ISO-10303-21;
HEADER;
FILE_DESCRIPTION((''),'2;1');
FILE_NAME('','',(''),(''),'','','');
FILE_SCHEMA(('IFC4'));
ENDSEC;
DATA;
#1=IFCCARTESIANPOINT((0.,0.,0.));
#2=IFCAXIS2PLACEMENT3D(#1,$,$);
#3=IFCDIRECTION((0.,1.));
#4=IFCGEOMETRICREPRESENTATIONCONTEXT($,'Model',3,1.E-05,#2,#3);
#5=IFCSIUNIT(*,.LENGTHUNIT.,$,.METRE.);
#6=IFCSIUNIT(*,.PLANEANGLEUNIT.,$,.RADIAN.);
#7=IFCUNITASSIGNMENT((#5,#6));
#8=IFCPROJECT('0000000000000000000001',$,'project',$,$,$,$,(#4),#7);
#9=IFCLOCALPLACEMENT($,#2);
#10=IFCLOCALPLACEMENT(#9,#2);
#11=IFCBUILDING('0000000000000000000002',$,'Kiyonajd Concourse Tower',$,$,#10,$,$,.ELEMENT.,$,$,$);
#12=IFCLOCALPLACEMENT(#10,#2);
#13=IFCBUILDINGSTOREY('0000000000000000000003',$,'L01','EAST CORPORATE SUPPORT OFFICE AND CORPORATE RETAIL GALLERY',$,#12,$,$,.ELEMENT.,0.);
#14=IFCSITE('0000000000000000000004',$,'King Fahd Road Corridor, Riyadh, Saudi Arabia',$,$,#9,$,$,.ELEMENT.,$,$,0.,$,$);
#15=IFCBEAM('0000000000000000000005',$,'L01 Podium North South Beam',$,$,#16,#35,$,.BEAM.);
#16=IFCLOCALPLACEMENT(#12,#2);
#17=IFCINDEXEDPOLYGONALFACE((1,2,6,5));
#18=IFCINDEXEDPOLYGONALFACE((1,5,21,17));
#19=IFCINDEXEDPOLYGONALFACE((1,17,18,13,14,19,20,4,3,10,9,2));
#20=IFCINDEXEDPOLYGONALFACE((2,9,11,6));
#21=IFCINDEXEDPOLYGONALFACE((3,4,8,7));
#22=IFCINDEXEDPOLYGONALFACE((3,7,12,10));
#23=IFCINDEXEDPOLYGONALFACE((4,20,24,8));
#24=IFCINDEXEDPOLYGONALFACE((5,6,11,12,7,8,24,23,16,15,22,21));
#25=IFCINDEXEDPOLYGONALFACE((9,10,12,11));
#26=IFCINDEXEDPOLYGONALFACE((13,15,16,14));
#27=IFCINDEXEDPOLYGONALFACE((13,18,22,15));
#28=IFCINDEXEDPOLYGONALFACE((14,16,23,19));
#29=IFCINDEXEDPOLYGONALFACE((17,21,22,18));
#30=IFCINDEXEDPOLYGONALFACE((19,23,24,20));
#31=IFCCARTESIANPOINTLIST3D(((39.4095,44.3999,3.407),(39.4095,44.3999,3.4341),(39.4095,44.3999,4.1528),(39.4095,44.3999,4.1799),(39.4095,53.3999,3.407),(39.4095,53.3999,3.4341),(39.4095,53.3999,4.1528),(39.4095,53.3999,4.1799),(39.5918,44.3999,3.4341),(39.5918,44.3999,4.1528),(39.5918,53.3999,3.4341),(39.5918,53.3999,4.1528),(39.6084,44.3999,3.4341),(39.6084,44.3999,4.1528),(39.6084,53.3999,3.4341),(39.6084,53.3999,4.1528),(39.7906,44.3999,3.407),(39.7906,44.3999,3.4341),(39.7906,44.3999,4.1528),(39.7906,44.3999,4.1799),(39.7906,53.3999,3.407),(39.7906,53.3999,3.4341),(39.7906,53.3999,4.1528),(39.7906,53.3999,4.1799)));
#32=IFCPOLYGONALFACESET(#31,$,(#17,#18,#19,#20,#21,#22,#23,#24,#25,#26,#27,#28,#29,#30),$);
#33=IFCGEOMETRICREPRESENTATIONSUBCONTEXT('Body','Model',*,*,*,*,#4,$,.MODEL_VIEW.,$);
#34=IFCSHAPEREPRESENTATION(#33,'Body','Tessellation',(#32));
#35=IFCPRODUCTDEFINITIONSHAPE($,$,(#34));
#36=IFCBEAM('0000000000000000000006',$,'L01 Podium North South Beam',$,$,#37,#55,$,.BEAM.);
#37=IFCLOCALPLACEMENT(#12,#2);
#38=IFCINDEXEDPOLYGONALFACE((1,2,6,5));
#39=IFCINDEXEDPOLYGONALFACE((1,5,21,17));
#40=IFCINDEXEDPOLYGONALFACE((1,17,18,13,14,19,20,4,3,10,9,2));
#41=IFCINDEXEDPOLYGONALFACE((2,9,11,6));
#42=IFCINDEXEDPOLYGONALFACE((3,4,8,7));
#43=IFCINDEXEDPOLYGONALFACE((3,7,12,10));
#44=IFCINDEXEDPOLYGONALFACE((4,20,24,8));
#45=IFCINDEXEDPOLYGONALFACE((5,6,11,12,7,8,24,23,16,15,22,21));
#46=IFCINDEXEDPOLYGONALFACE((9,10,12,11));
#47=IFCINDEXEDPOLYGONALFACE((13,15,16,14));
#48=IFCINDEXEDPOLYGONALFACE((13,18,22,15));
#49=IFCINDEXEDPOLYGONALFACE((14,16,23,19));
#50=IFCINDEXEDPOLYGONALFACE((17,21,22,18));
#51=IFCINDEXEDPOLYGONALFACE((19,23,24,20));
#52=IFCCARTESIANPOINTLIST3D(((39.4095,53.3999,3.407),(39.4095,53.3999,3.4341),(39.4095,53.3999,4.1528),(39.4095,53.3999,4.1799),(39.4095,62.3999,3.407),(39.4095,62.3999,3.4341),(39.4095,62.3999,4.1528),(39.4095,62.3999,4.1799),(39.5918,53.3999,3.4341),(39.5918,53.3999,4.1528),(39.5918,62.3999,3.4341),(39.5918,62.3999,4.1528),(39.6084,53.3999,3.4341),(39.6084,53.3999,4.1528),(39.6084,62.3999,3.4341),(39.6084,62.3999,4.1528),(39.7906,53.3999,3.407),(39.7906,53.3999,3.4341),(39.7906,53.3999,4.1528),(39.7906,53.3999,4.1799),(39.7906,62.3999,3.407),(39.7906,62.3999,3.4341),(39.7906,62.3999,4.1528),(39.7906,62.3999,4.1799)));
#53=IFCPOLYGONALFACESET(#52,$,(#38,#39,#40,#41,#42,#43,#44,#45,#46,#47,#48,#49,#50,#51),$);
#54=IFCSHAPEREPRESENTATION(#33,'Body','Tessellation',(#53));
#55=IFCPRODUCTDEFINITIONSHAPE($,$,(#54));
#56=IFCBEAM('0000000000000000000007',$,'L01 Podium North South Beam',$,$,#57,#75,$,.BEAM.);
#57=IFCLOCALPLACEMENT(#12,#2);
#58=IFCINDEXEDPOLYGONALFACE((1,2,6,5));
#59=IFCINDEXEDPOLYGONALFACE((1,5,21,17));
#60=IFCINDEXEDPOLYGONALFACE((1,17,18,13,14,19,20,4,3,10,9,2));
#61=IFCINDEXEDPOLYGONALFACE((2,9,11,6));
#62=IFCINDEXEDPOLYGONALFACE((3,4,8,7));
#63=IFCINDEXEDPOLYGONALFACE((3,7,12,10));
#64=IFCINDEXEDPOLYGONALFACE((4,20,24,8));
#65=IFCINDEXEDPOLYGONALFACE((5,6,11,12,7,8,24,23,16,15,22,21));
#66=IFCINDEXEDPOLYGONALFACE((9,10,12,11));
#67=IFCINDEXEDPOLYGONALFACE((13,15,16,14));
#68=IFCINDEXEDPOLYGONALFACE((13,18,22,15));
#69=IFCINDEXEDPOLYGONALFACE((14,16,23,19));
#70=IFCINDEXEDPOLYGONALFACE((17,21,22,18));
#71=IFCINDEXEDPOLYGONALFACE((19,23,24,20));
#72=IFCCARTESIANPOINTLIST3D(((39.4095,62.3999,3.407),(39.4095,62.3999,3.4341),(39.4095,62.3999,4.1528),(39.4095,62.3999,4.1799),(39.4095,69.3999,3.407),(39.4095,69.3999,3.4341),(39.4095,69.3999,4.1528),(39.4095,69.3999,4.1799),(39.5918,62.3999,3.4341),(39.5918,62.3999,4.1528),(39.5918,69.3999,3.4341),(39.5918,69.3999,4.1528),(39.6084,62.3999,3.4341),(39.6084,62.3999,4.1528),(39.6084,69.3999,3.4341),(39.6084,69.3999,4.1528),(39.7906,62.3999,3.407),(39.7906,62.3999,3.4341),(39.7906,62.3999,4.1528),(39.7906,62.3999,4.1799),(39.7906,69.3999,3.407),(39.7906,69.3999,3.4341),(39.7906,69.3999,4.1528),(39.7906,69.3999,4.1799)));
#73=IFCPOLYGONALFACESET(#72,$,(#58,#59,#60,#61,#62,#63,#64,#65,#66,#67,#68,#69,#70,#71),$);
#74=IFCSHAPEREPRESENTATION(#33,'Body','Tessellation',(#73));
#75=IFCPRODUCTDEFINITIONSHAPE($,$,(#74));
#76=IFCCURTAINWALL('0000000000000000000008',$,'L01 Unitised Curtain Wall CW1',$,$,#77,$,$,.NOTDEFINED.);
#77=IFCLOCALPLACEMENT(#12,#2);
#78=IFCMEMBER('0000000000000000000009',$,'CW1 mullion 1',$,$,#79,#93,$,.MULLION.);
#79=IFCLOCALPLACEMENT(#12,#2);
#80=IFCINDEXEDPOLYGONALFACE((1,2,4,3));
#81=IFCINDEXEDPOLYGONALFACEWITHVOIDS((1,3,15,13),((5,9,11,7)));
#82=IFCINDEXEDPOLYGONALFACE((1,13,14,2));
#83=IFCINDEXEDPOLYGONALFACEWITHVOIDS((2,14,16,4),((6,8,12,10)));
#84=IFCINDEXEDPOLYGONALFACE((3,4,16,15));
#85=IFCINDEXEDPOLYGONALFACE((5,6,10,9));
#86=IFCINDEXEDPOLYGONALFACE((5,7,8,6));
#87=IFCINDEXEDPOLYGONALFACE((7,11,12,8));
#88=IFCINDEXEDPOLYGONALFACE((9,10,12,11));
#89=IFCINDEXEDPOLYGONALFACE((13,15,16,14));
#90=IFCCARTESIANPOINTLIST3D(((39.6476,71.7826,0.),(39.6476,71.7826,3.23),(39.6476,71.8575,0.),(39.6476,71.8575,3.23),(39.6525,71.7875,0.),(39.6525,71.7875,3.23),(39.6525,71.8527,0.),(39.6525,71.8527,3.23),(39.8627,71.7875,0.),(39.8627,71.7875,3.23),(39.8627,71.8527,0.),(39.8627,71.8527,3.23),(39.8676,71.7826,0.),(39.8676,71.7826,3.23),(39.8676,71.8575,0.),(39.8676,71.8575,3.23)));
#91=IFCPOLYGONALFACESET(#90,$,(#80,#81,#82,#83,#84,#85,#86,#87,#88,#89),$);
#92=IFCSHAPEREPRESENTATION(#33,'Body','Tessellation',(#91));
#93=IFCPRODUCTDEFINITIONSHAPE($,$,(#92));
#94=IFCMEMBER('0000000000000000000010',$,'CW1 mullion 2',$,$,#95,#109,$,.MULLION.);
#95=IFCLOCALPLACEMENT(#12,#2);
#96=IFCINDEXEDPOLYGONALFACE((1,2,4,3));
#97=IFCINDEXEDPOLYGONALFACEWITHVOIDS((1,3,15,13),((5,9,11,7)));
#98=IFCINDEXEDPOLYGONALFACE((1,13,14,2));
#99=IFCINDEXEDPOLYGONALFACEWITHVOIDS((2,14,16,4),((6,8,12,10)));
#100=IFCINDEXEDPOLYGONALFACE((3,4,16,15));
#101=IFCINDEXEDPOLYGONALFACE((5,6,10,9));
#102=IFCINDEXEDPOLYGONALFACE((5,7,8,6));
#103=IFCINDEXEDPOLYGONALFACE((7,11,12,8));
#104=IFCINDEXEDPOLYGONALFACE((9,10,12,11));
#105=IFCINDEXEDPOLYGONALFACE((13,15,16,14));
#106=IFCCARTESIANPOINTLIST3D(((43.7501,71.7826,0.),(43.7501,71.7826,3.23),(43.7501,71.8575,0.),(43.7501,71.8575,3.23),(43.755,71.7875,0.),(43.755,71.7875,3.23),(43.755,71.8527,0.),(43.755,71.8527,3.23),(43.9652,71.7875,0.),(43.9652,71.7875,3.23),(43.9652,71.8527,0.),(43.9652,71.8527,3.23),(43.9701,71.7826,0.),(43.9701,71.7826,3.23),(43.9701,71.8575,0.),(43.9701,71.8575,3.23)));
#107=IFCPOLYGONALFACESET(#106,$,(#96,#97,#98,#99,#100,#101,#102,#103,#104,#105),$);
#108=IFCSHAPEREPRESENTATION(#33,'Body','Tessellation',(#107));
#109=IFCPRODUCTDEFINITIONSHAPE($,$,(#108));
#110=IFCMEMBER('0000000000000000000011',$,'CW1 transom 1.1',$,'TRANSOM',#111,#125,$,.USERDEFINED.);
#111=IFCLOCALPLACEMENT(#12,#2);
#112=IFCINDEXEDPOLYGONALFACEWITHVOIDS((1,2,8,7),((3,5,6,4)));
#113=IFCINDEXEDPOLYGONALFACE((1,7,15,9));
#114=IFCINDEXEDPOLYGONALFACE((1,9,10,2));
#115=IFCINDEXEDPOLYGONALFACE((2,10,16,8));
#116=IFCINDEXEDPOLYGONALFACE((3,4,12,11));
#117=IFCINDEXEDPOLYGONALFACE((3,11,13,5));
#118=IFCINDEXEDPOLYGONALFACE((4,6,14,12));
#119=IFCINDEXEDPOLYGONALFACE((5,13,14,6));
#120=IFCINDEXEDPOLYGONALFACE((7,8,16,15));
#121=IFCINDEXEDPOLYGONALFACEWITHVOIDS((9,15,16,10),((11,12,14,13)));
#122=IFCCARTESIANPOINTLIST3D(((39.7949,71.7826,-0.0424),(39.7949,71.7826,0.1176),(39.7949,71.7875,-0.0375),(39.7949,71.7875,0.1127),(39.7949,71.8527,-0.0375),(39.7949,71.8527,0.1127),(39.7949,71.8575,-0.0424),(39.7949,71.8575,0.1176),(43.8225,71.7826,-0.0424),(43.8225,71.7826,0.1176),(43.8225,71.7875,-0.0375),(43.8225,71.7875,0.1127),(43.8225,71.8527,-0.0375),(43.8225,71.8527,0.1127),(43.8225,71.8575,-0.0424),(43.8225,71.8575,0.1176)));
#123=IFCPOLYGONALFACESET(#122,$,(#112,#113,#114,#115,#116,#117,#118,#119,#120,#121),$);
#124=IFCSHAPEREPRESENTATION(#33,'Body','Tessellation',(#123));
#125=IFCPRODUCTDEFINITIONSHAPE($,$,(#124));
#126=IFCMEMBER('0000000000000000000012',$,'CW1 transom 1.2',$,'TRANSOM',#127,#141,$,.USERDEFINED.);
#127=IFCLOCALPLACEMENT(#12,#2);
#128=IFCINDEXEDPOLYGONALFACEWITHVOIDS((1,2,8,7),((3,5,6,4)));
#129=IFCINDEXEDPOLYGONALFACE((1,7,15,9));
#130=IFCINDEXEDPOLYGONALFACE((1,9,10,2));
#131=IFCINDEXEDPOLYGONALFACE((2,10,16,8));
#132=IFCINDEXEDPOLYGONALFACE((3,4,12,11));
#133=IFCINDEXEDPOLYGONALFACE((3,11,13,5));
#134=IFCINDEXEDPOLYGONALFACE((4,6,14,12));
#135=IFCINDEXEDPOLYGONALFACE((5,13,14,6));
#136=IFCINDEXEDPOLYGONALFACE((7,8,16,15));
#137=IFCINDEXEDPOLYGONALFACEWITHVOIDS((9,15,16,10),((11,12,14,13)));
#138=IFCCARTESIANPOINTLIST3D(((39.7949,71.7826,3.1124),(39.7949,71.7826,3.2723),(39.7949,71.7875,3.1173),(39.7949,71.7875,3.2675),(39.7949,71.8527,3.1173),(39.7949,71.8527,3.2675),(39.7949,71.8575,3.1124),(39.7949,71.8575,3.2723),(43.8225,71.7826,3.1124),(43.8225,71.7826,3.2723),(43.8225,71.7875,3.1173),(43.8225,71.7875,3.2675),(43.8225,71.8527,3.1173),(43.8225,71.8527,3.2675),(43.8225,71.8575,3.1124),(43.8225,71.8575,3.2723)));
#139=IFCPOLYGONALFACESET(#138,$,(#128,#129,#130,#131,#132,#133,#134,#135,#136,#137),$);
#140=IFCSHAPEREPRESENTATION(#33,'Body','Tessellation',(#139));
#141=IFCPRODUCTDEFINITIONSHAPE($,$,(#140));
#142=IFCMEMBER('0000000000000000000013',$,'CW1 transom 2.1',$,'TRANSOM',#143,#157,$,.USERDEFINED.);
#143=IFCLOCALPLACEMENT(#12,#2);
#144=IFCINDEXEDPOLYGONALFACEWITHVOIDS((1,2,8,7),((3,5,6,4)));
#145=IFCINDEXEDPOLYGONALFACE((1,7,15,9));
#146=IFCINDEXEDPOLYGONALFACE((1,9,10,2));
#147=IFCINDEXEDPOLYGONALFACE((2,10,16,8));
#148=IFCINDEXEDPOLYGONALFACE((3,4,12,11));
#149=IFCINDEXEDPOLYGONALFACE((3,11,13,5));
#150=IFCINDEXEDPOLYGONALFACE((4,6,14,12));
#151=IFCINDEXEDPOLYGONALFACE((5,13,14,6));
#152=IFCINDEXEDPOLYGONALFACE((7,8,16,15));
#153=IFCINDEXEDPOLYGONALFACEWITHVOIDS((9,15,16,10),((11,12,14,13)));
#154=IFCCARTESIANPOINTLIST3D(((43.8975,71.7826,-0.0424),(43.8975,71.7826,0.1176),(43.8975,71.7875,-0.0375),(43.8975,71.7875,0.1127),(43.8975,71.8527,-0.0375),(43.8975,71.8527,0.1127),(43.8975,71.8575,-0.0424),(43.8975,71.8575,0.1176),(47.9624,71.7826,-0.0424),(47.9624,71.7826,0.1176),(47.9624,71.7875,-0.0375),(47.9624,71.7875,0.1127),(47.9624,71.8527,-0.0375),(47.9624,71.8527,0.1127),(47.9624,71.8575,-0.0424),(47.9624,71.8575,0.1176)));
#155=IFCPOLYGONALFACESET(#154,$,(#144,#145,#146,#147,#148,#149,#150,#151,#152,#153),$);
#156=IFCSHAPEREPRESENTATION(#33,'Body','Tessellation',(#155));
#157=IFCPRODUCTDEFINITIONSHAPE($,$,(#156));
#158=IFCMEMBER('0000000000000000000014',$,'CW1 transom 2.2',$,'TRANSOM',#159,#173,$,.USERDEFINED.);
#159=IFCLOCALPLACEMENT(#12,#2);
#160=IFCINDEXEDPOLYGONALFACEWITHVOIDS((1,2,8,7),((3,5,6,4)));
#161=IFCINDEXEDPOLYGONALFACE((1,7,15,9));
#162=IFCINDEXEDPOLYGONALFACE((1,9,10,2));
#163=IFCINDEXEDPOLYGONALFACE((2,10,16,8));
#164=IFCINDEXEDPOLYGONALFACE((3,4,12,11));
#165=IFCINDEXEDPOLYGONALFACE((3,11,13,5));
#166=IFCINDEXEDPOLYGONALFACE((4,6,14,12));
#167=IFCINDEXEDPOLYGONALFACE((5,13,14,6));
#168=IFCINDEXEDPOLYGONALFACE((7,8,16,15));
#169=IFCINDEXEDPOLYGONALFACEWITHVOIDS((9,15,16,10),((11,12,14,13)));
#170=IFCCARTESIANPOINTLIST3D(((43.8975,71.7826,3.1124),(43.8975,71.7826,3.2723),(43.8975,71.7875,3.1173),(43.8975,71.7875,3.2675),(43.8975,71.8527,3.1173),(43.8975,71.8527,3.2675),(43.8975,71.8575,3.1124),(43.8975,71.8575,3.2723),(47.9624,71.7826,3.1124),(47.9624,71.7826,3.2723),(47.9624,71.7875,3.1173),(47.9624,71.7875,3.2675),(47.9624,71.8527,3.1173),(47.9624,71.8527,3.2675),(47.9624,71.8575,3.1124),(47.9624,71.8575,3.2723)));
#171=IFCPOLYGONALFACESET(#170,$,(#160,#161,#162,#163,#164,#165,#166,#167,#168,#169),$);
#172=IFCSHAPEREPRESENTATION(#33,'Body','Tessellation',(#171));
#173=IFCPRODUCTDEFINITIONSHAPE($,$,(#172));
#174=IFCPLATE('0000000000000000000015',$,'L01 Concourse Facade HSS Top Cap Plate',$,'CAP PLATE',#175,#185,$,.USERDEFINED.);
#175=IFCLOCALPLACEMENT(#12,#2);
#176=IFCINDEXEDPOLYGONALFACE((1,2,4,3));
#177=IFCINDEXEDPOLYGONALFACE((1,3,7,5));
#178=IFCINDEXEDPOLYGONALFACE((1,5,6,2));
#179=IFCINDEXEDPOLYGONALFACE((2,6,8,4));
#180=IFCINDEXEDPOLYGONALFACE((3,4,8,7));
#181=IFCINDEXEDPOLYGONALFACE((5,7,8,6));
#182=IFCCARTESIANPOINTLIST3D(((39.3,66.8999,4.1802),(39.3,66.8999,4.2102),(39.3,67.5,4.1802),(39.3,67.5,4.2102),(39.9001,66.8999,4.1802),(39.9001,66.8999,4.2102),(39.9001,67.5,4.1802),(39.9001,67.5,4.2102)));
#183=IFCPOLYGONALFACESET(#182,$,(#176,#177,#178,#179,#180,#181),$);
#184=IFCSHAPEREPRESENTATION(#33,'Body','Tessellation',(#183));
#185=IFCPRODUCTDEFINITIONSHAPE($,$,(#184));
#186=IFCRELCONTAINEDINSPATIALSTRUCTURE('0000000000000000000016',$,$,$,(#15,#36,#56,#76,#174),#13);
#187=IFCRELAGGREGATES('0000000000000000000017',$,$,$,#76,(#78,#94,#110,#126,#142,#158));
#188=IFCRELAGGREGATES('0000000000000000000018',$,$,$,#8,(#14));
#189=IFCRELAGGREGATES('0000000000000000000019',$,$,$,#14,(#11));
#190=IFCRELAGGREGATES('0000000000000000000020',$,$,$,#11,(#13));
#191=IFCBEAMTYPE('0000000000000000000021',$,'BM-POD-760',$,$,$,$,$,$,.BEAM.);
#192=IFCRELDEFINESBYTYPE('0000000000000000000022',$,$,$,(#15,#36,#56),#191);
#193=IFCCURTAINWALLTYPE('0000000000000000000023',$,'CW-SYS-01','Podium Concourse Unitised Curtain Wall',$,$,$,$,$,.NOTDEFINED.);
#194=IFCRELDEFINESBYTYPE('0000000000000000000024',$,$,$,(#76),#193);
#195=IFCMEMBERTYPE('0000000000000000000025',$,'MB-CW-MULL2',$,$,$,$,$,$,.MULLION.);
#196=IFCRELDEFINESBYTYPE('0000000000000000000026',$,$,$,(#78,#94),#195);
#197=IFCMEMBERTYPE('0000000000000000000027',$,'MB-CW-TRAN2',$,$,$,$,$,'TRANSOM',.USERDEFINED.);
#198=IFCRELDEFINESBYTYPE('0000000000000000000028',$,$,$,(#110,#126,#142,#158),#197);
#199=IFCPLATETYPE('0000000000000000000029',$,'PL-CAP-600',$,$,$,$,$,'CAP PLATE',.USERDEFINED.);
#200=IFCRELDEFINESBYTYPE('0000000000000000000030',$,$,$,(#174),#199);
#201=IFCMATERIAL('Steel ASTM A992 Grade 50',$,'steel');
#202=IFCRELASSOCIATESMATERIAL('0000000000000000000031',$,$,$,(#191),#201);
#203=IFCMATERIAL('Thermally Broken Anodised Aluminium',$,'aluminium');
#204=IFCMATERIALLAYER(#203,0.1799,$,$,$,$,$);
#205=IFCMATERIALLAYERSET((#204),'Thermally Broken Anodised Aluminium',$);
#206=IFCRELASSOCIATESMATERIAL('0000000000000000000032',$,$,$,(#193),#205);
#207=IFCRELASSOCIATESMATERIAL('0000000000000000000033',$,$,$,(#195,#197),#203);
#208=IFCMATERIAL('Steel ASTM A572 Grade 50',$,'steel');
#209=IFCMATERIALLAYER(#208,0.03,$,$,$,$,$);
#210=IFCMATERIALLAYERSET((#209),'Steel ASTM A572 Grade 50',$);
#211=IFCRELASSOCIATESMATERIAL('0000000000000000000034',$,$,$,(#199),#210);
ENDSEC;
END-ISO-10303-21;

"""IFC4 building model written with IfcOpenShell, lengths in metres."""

from ifc_helpers import new_model, si_unit, direction, frame, origin, origin_2d, place, context, subcontext, project, spatial, rectangle, hollow_rectangle, i_section, extrude, material, layer, layer_set, material_profile, profile_set, type_object, element, aggregate, save


model = new_model("IFC4")

# Units and contexts
model_context = context("Model", 3, precision=1e-05, world=origin(), true_north=direction((0.0, 1.0)))
body_context = subcontext(model_context, "Body", "Model", "MODEL_VIEW")
ifc_project = project(units=[si_unit("LENGTHUNIT", "METRE"), si_unit("PLANEANGLEUNIT", "RADIAN")], contexts=[model_context])

# Site, building, storey
site_placement = place(None, origin())
site = spatial("IfcSite", under=ifc_project, at=site_placement, Name="King Fahd Road Corridor, Riyadh, Saudi Arabia", CompositionType="ELEMENT", RefElevation=0.0)
building_placement = place(site_placement, origin())
building = spatial("IfcBuilding", under=site, at=building_placement, Name="Kiyonajd Concourse Tower", CompositionType="ELEMENT")
storey_placement = place(building_placement, origin())
storey = spatial("IfcBuildingStorey", under=building, at=storey_placement, Name="L01", Description="EAST CORPORATE SUPPORT OFFICE AND CORPORATE RETAIL GALLERY", CompositionType="ELEMENT", Elevation=0.0)

# Shared definitions
ifc_material_1 = material(Name="Steel ASTM A572 Grade 50", Category="steel")

# Beams
ifc_material_2 = material(Name="Steel ASTM A992 Grade 50", Category="steel")
ifc_material_profile_1 = material_profile(ifc_material_2, i_section(OverallWidth=0.3811, OverallDepth=0.7729, WebThickness=0.0166, FlangeThickness=0.0271, at=origin_2d()), Name="W760X257")
ifc_profile_set_1 = profile_set([ifc_material_profile_1], Name="Steel ASTM A992 Grade 50")
beam_type_1 = type_object("IfcBeamType", Name="BM-POD-760", PredefinedType="BEAM", material=ifc_profile_set_1)
for number, where, z_axis, x_axis, name in (
    (1, (39.6001, 44.3999, 3.7935), (0.0, 1.0, 0.0), (-1.0, 0.0, 0.0), "L01 Podium North South Beam"),
    (2, (39.6001, 53.3999, 3.7935), (0.0, 1.0, 0.0), (-1.0, 0.0, 0.0), "L01 Podium North South Beam"),
):
    element("IfcBeam", number, at=place(storey_placement, frame(where, z_axis=z_axis, x_axis=x_axis)), inside=storey, type_object=beam_type_1, Name=name, PredefinedType="BEAM", context=body_context, shape_type="SweptSolid", body=[
        extrude(i_section(OverallWidth=0.3811, OverallDepth=0.7729, WebThickness=0.0166, FlangeThickness=0.0271, at=origin_2d()), origin(), (0.0, 0.0, 1.0), 9.0),
    ])
beam_1_placement = place(storey_placement, frame((39.6001, 62.3999, 3.7935), z_axis=(0.0, 1.0, 0.0), x_axis=(-1.0, 0.0, 0.0)))
element("IfcBeam", 3, at=beam_1_placement, inside=storey, type_object=beam_type_1, Name="L01 Podium North South Beam", PredefinedType="BEAM", context=body_context, shape_type="SweptSolid", body=[
    extrude(i_section(OverallWidth=0.3811, OverallDepth=0.7729, WebThickness=0.0166, FlangeThickness=0.0271, at=origin_2d()), origin(), (0.0, 0.0, 1.0), 7.0),
])

# Curtain wall, members
ifc_material_3 = material(Name="Thermally Broken Anodised Aluminium", Category="aluminium")
ifc_layer_1 = layer(ifc_material_3, 0.1799)
ifc_layer_set_1 = layer_set([ifc_layer_1], Name="Thermally Broken Anodised Aluminium")
curtain_wall_type = type_object("IfcCurtainWallType", Name="CW-SYS-01", Description="Podium Concourse Unitised Curtain Wall", PredefinedType="NOTDEFINED", material=ifc_layer_set_1)
curtain_wall_placement = place(storey_placement, origin())
curtain_wall = element("IfcCurtainWall", 4, at=curtain_wall_placement, inside=storey, type_object=curtain_wall_type, Name="L01 Unitised Curtain Wall CW1", PredefinedType="NOTDEFINED")
ifc_material_profile_2 = material_profile(ifc_material_3, hollow_rectangle(XDim=0.075, YDim=0.22, WallThickness=0.0049, at=origin_2d()), Name="MULL-75x220")
ifc_profile_set_2 = profile_set([ifc_material_profile_2], Name="Thermally Broken Anodised Aluminium")
member_type_1 = type_object("IfcMemberType", Name="MB-CW-MULL2", PredefinedType="MULLION", material=ifc_profile_set_2)
member_1_placement = place(storey_placement, frame((39.7576, 71.8201, 0.0), z_axis=(0.0, 0.0, 1.0), x_axis=(0.0, 1.0, 0.0)))
member_1 = element("IfcMember", 5, at=member_1_placement, type_object=member_type_1, Name="CW1 mullion 1", PredefinedType="MULLION", context=body_context, shape_type="SweptSolid", body=[
    extrude(hollow_rectangle(XDim=0.075, YDim=0.22, WallThickness=0.0049, at=origin_2d()), origin(), (0.0, 0.0, 1.0), 3.23),
])
member_2_placement = place(storey_placement, frame((43.8601, 71.8201, 0.0), z_axis=(0.0, 0.0, 1.0), x_axis=(0.0, 1.0, 0.0)))
member_2 = element("IfcMember", 6, at=member_2_placement, type_object=member_type_1, Name="CW1 mullion 2", PredefinedType="MULLION", context=body_context, shape_type="SweptSolid", body=[
    extrude(hollow_rectangle(XDim=0.075, YDim=0.22, WallThickness=0.0049, at=origin_2d()), origin(), (0.0, 0.0, 1.0), 3.23),
])
ifc_material_profile_3 = material_profile(ifc_material_3, hollow_rectangle(XDim=0.075, YDim=0.1599, WallThickness=0.0049, at=origin_2d()), Name="TRAN-75x160")
ifc_profile_set_3 = profile_set([ifc_material_profile_3], Name="Thermally Broken Anodised Aluminium")
member_type_2 = type_object("IfcMemberType", Name="MB-CW-TRAN2", ElementType="TRANSOM", PredefinedType="USERDEFINED", material=ifc_profile_set_3)
member_3_placement = place(storey_placement, frame((39.7949, 71.8201, 0.0376), z_axis=(1.0, 0.0, 0.0), x_axis=(0.0, 1.0, 0.0)))
member_3 = element("IfcMember", 7, at=member_3_placement, type_object=member_type_2, Name="CW1 transom 1.1", ObjectType="TRANSOM", PredefinedType="USERDEFINED", context=body_context, shape_type="SweptSolid", body=[
    extrude(hollow_rectangle(XDim=0.075, YDim=0.1599, WallThickness=0.0049, at=origin_2d()), origin(), (0.0, 0.0, 1.0), 4.0276),
])
member_4_placement = place(storey_placement, frame((39.7949, 71.8201, 3.1924), z_axis=(1.0, 0.0, 0.0), x_axis=(0.0, 1.0, 0.0)))
member_4 = element("IfcMember", 8, at=member_4_placement, type_object=member_type_2, Name="CW1 transom 1.2", ObjectType="TRANSOM", PredefinedType="USERDEFINED", context=body_context, shape_type="SweptSolid", body=[
    extrude(hollow_rectangle(XDim=0.075, YDim=0.1599, WallThickness=0.0049, at=origin_2d()), origin(), (0.0, 0.0, 1.0), 4.0276),
])
member_5_placement = place(storey_placement, frame((43.8975, 71.8201, 0.0376), z_axis=(1.0, 0.0, 0.0), x_axis=(0.0, 1.0, 0.0)))
member_5 = element("IfcMember", 9, at=member_5_placement, type_object=member_type_2, Name="CW1 transom 2.1", ObjectType="TRANSOM", PredefinedType="USERDEFINED", context=body_context, shape_type="SweptSolid", body=[
    extrude(hollow_rectangle(XDim=0.075, YDim=0.1599, WallThickness=0.0049, at=origin_2d()), origin(), (0.0, 0.0, 1.0), 4.0649),
])
member_6_placement = place(storey_placement, frame((43.8975, 71.8201, 3.1924), z_axis=(1.0, 0.0, 0.0), x_axis=(0.0, 1.0, 0.0)))
member_6 = element("IfcMember", 10, at=member_6_placement, type_object=member_type_2, Name="CW1 transom 2.2", ObjectType="TRANSOM", PredefinedType="USERDEFINED", context=body_context, shape_type="SweptSolid", body=[
    extrude(hollow_rectangle(XDim=0.075, YDim=0.1599, WallThickness=0.0049, at=origin_2d()), origin(), (0.0, 0.0, 1.0), 4.0649),
])

# Plate
ifc_layer_2 = layer(ifc_material_1, 0.03)
ifc_layer_set_2 = layer_set([ifc_layer_2], Name="Steel ASTM A572 Grade 50")
plate_type_1 = type_object("IfcPlateType", Name="PL-CAP-600", ElementType="CAP PLATE", PredefinedType="USERDEFINED", material=ifc_layer_set_2)
plate_1_placement = place(storey_placement, frame((39.6001, 67.2, 4.1802), z_axis=(0.0, 0.0, 1.0), x_axis=(1.0, 0.0, 0.0)))
element("IfcPlate", 11, at=plate_1_placement, inside=storey, type_object=plate_type_1, Name="L01 Concourse Facade HSS Top Cap Plate", ObjectType="CAP PLATE", PredefinedType="USERDEFINED", context=body_context, shape_type="SweptSolid", body=[
    extrude(rectangle(XDim=0.6001, YDim=0.6001, at=origin_2d()), origin(), (0.0, 0.0, 1.0), 0.03),
])
aggregate(curtain_wall, [member_1, member_2, member_3, member_4, member_5, member_6])

save(model, "model.ifc")
